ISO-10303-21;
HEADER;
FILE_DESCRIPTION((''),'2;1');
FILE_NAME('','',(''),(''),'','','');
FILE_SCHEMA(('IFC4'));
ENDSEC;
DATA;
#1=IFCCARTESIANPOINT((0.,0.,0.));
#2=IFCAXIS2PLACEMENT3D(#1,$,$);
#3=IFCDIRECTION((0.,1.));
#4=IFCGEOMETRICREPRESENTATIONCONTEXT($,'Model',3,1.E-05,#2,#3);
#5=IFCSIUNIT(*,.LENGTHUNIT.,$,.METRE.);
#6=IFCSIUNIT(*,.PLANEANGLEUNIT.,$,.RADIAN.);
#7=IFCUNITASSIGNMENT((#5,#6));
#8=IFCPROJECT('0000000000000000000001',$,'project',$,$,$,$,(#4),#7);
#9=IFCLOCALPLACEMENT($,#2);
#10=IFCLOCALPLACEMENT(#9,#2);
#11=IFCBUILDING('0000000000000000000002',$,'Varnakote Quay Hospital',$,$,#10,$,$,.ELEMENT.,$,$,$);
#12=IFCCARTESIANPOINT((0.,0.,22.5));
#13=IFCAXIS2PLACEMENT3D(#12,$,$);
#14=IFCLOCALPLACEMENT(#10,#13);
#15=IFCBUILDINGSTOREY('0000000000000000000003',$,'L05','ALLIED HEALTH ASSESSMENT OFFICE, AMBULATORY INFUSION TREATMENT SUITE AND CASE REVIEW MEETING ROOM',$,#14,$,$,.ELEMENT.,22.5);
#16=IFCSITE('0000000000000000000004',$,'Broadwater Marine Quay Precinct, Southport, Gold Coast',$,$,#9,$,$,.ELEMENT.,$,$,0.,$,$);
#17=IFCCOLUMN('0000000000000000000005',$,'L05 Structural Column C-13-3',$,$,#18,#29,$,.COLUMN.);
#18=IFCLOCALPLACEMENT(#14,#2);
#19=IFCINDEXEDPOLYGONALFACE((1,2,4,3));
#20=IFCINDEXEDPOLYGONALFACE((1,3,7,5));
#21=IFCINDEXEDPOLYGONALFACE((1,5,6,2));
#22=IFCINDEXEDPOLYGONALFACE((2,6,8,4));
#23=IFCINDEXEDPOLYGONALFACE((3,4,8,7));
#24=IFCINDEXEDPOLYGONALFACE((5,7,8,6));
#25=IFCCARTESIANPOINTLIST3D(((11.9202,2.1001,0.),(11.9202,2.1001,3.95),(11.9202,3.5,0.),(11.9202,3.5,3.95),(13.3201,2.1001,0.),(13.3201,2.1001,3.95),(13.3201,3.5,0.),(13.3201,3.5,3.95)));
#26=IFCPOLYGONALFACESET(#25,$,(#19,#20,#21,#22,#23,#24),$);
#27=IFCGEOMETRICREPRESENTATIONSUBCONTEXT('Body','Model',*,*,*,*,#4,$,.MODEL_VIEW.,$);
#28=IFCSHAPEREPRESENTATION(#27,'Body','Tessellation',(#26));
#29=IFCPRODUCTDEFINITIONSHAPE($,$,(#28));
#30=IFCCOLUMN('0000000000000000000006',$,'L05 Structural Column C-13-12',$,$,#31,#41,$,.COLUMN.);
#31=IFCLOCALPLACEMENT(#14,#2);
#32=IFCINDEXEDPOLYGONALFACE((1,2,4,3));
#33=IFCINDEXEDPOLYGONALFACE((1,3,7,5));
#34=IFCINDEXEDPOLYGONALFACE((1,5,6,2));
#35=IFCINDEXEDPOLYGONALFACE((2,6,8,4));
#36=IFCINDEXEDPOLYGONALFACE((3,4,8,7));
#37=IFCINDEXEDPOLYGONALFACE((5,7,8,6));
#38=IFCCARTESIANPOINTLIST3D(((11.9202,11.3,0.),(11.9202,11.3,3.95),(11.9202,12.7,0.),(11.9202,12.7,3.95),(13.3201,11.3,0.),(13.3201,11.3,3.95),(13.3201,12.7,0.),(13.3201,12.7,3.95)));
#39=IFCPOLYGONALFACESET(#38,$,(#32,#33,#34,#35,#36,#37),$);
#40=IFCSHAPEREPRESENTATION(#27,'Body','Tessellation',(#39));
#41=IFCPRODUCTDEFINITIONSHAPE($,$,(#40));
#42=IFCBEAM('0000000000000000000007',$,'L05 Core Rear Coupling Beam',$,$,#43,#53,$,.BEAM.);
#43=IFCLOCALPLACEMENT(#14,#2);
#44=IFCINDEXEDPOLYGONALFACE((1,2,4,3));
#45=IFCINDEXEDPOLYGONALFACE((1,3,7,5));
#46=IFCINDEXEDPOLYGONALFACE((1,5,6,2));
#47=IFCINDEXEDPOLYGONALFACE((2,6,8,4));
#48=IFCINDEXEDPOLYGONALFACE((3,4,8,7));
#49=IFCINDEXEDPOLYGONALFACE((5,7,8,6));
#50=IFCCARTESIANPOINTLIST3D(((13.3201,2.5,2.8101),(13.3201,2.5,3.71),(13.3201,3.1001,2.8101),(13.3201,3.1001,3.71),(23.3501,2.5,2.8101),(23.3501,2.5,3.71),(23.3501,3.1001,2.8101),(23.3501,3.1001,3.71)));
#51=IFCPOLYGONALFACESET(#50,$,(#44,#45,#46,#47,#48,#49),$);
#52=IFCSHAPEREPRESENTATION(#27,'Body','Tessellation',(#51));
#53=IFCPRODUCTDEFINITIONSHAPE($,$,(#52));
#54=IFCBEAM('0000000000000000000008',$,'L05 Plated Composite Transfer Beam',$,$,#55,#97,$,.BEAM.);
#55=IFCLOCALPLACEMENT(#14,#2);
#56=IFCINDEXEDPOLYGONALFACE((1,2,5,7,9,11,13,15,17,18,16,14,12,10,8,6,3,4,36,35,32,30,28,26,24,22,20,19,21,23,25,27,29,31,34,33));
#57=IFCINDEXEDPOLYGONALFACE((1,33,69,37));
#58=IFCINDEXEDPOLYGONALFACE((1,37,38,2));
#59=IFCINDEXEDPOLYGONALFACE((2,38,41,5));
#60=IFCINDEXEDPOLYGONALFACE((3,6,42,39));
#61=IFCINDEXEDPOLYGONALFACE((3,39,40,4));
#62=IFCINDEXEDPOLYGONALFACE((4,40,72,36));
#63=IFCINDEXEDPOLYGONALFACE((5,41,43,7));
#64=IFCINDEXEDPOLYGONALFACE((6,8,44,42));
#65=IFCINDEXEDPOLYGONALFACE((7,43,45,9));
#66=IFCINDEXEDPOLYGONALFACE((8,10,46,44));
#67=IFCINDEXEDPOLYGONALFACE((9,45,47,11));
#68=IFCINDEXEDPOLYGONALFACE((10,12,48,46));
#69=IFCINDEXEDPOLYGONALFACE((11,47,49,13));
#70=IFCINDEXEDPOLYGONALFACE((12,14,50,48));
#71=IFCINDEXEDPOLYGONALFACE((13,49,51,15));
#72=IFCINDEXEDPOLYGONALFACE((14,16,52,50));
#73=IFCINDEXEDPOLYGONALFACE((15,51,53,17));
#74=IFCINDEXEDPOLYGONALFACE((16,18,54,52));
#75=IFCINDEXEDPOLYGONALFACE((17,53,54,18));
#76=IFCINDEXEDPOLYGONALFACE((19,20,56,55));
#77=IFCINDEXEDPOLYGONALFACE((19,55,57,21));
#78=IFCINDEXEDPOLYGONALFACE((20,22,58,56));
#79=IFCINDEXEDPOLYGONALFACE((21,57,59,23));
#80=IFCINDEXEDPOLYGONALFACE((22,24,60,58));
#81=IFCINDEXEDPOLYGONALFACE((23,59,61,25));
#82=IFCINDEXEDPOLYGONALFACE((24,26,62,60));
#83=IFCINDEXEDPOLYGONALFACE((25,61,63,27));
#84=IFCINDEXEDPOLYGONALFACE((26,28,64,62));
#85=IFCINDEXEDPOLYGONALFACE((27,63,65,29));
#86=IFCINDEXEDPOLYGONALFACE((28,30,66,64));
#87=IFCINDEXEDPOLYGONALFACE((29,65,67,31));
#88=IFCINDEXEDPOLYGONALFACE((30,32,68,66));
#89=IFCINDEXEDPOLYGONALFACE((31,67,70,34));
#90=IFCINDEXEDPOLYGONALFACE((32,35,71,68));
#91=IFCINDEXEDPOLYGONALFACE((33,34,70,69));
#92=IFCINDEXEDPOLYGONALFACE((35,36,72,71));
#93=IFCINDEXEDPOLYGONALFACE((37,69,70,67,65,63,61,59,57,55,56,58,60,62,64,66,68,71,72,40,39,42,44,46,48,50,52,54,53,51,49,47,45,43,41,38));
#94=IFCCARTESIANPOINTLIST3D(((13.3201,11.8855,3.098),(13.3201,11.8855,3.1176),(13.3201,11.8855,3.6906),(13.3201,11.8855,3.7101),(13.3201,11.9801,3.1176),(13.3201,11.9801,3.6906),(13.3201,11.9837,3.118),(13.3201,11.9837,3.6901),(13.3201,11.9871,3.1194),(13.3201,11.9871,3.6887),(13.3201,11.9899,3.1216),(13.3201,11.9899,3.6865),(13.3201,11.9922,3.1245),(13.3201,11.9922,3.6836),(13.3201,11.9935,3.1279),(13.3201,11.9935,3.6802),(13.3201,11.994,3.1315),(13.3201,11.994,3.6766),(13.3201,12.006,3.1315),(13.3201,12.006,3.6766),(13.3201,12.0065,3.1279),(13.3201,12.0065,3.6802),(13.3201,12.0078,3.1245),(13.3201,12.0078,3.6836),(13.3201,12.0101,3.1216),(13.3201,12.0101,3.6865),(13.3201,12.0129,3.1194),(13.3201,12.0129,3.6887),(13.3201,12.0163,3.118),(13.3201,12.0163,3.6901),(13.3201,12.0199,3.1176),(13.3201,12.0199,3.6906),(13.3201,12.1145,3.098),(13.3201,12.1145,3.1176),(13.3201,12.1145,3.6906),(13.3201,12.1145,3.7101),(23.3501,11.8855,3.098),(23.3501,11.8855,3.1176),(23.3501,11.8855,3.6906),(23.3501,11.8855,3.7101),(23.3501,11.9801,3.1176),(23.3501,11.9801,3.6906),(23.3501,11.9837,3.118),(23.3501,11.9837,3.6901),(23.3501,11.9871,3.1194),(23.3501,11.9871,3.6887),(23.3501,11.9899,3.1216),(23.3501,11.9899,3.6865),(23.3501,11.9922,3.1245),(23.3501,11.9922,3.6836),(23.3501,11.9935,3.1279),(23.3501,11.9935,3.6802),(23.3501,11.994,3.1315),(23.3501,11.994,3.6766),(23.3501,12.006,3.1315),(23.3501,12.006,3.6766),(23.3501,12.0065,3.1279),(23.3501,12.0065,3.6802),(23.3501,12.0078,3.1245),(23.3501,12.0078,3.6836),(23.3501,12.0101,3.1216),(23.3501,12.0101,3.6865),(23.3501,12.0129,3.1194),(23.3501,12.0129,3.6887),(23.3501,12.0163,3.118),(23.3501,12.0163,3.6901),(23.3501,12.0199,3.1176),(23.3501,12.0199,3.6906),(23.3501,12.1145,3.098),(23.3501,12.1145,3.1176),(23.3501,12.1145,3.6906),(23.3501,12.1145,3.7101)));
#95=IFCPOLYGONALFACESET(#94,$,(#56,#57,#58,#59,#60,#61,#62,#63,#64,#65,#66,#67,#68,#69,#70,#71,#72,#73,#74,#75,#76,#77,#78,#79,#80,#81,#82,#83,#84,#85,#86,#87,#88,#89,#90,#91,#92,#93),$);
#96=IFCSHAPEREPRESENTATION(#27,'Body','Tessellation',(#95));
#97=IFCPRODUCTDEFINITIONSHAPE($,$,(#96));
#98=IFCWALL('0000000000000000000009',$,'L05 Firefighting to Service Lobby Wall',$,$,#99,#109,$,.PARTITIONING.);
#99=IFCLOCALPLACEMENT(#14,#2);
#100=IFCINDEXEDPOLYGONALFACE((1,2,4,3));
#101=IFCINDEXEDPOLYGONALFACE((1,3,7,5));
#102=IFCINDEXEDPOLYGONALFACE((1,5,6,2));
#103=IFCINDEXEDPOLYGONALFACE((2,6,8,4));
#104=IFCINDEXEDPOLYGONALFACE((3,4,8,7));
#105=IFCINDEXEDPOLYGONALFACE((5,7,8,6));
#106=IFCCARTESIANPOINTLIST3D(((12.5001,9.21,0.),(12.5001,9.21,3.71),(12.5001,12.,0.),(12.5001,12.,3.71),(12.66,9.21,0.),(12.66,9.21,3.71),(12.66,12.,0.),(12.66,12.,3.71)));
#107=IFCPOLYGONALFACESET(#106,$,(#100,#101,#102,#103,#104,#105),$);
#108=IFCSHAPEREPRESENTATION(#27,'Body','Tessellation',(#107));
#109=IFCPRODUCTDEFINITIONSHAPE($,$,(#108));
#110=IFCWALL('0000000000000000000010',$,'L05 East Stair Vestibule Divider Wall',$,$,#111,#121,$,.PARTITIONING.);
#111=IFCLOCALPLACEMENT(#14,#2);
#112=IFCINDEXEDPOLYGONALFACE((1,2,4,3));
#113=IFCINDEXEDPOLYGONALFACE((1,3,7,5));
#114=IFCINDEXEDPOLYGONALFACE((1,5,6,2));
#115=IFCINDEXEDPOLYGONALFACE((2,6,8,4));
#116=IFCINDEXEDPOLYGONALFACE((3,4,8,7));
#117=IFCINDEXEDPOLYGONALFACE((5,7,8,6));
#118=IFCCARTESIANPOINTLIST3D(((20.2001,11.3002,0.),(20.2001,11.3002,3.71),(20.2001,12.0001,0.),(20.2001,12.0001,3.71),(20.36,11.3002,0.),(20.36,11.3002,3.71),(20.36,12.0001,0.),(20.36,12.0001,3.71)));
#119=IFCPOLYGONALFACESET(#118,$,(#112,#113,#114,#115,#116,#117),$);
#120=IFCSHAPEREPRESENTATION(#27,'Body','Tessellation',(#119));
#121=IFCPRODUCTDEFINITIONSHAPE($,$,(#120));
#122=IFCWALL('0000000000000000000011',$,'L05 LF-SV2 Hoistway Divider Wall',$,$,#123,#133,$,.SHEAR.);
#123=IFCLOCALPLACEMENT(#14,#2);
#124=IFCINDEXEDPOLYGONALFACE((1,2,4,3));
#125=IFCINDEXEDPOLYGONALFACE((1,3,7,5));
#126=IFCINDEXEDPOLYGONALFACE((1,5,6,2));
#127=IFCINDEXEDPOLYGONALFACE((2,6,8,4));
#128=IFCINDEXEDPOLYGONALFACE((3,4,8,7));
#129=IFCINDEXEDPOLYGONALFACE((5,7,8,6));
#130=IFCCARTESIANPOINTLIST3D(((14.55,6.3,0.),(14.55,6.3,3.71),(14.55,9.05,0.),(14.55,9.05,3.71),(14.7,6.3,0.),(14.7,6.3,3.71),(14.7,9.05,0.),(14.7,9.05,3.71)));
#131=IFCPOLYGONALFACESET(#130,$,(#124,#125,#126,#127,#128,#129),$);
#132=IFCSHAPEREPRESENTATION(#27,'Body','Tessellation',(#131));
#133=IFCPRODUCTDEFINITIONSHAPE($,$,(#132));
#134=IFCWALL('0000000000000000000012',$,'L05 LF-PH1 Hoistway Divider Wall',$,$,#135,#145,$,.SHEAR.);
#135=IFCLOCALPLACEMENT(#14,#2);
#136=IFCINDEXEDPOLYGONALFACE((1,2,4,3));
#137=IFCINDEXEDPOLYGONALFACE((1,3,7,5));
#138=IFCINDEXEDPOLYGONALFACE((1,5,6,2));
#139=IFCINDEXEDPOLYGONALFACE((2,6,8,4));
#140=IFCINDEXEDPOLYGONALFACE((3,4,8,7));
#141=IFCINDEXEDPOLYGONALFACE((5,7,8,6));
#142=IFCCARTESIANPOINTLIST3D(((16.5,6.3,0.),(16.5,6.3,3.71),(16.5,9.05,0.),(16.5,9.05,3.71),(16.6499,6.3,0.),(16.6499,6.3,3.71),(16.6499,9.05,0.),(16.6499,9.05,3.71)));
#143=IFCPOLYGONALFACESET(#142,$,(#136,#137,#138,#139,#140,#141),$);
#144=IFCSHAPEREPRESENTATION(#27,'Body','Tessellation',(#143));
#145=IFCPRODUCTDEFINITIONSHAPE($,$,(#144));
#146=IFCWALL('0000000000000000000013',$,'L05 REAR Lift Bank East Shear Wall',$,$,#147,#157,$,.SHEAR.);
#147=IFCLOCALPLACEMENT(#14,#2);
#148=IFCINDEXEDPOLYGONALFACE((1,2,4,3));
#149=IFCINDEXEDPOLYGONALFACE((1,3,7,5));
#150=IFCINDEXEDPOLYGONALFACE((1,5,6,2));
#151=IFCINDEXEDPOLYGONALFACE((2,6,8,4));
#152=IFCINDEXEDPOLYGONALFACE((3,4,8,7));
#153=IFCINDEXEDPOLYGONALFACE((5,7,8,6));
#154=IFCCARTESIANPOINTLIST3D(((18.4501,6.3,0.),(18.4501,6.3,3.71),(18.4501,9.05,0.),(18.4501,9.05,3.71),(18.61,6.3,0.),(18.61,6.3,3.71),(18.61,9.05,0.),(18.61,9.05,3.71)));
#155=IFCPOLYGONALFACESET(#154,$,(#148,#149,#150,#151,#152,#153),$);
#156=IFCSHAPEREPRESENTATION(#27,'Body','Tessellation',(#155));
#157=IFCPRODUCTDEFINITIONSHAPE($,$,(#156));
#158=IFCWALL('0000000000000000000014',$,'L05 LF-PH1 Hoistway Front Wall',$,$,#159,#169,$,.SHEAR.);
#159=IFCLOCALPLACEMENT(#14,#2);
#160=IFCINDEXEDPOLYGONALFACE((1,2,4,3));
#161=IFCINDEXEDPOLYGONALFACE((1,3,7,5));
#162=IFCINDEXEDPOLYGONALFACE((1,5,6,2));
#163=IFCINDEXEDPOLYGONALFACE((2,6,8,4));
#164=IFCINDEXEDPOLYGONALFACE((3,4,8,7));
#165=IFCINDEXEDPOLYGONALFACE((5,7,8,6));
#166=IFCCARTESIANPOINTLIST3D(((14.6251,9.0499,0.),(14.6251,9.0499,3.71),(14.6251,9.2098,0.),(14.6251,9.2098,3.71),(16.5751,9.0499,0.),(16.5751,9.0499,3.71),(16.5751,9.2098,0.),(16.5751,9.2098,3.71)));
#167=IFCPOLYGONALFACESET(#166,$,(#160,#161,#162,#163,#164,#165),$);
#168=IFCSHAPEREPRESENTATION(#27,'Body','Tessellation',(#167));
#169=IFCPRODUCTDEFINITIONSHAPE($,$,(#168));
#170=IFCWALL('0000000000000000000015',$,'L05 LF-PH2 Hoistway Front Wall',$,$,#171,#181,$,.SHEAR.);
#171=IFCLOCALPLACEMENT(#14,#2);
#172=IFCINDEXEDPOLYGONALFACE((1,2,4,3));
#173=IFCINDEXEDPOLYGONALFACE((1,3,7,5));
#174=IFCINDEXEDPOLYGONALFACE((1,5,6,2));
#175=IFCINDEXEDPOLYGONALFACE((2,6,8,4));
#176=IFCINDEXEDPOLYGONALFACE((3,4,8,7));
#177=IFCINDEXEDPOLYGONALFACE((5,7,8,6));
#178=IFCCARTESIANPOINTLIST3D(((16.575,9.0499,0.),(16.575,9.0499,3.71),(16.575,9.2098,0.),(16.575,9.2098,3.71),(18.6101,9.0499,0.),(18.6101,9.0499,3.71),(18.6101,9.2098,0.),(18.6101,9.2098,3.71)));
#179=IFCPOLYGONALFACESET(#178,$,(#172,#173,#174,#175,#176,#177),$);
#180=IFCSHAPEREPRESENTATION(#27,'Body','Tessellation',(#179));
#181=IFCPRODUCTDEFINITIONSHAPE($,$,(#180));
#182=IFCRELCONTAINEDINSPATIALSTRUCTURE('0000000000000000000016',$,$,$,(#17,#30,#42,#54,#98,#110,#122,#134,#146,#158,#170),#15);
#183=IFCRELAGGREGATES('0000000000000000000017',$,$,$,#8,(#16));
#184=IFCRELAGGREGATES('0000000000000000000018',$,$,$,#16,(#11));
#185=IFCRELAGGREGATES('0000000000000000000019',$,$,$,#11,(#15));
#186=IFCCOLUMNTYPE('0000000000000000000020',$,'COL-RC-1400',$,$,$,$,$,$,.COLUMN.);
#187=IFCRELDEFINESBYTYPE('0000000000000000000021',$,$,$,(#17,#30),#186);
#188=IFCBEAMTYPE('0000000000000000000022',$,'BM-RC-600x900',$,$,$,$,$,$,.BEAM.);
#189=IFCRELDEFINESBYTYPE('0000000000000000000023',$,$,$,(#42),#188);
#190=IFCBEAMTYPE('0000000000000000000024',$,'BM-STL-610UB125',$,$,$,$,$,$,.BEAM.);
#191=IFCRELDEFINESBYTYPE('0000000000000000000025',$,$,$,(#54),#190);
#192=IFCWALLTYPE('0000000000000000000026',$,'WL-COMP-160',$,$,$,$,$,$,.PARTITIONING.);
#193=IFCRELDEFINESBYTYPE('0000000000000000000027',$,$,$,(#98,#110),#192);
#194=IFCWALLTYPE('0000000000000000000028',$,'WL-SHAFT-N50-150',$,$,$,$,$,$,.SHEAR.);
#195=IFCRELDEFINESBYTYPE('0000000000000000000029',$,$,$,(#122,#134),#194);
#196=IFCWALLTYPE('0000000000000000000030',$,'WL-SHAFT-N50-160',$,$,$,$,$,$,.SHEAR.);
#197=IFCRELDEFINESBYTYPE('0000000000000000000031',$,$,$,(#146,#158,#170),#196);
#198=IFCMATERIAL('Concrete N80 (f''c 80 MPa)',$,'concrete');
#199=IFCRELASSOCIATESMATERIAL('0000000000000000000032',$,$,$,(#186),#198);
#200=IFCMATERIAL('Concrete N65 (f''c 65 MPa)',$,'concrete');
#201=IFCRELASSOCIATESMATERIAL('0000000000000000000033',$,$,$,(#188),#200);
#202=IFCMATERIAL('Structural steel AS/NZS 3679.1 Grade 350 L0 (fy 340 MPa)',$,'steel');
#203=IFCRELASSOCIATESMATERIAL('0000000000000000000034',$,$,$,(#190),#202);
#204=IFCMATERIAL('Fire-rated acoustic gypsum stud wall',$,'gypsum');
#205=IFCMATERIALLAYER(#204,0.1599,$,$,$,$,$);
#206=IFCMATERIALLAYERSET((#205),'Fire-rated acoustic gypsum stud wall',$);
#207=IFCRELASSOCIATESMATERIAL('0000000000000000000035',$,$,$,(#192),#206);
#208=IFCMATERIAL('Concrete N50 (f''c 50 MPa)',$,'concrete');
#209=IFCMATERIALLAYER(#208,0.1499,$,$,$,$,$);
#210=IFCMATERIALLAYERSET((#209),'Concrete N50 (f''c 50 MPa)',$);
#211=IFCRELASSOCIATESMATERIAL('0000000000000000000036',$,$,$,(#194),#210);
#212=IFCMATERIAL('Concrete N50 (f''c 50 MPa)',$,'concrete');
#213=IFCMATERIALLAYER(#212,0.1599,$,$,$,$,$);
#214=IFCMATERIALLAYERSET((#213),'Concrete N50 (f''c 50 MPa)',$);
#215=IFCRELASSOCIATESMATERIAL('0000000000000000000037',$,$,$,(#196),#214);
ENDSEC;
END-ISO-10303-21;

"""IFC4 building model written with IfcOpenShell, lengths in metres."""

from ifc_helpers import new_model, si_unit, direction, frame, frame_2d, origin, origin_2d, place, context, subcontext, project, spatial, rectangle, i_section, extrude, material, layer, layer_set, material_profile, profile_set, type_object, element, save


model = new_model("IFC4")

# Units and contexts
model_context = context("Model", 3, precision=1e-05, world=origin(), true_north=direction((0.0, 1.0)))
body_context = subcontext(model_context, "Body", "Model", "MODEL_VIEW")
ifc_project = project(units=[si_unit("LENGTHUNIT", "METRE"), si_unit("PLANEANGLEUNIT", "RADIAN")], contexts=[model_context])

# Site, building, storey
site_placement = place(None, origin())
site = spatial("IfcSite", under=ifc_project, at=site_placement, Name="Broadwater Marine Quay Precinct, Southport, Gold Coast", CompositionType="ELEMENT", RefElevation=0.0)
building_placement = place(site_placement, origin())
building = spatial("IfcBuilding", under=site, at=building_placement, Name="Varnakote Quay Hospital", CompositionType="ELEMENT")
storey_placement = place(building_placement, frame((0.0, 0.0, 22.5)))
storey = spatial("IfcBuildingStorey", under=building, at=storey_placement, Name="L05", Description="ALLIED HEALTH ASSESSMENT OFFICE, AMBULATORY INFUSION TREATMENT SUITE AND CASE REVIEW MEETING ROOM", CompositionType="ELEMENT", Elevation=22.5)

# Columns
ifc_material_1 = material(Name="Concrete N80 (f'c 80 MPa)", Category="concrete")
ifc_material_profile_1 = material_profile(ifc_material_1, rectangle(XDim=1.3999, YDim=1.3999, at=origin_2d()), Name="RC-COL-1400x1400")
ifc_profile_set_1 = profile_set([ifc_material_profile_1], Name="Concrete N80 (f'c 80 MPa)")
column_type = type_object("IfcColumnType", Name="COL-RC-1400", PredefinedType="COLUMN", material=ifc_profile_set_1)
for number, where, z_axis, x_axis, name in (
    (1, (12.6201, 2.8, 0.0), (0.0, 0.0, 1.0), (1.0, 0.0, 0.0), "L05 Structural Column C-13-3"),
    (2, (12.6201, 12.0, 0.0), (0.0, 0.0, 1.0), (1.0, 0.0, 0.0), "L05 Structural Column C-13-12"),
):
    element("IfcColumn", number, at=place(storey_placement, frame(where, z_axis=z_axis, x_axis=x_axis)), inside=storey, type_object=column_type, Name=name, PredefinedType="COLUMN", context=body_context, shape_type="SweptSolid", body=[
        extrude(rectangle(XDim=1.3999, YDim=1.3999, at=origin_2d()), origin(), (0.0, 0.0, 1.0), 3.95),
    ])

# Beams
ifc_material_2 = material(Name="Concrete N65 (f'c 65 MPa)", Category="concrete")
ifc_material_profile_2 = material_profile(ifc_material_2, rectangle(XDim=0.6001, YDim=0.8999, at=origin_2d()), Name="RC-BM-600x900")
ifc_profile_set_2 = profile_set([ifc_material_profile_2], Name="Concrete N65 (f'c 65 MPa)")
beam_type_1 = type_object("IfcBeamType", Name="BM-RC-600x900", PredefinedType="BEAM", material=ifc_profile_set_2)
beam_1_placement = place(storey_placement, frame((13.3201, 2.8, 3.26), z_axis=(1.0, 0.0, 0.0), x_axis=(0.0, 1.0, 0.0)))
element("IfcBeam", 3, at=beam_1_placement, inside=storey, type_object=beam_type_1, Name="L05 Core Rear Coupling Beam", PredefinedType="BEAM", context=body_context, shape_type="SweptSolid", body=[
    extrude(rectangle(XDim=0.6001, YDim=0.8999, at=origin_2d()), origin(), (0.0, 0.0, 1.0), 10.03),
])
ifc_material_3 = material(Name="Structural steel AS/NZS 3679.1 Grade 350 L0 (fy 340 MPa)", Category="steel")
ifc_material_profile_3 = material_profile(ifc_material_3, i_section(OverallWidth=0.229, OverallDepth=0.6121, WebThickness=0.012, FlangeThickness=0.0195, FilletRadius=0.0139, at=origin_2d()), Name="610UB125")
ifc_profile_set_3 = profile_set([ifc_material_profile_3], Name="Structural steel AS/NZS 3679.1 Grade 350 L0 (fy 340 MPa)")
beam_type_2 = type_object("IfcBeamType", Name="BM-STL-610UB125", PredefinedType="BEAM", material=ifc_profile_set_3)
beam_2_placement = place(storey_placement, frame((13.3201, 12.0, 3.4041), z_axis=(1.0, 0.0, 0.0), x_axis=(0.0, 1.0, 0.0)))
element("IfcBeam", 4, at=beam_2_placement, inside=storey, type_object=beam_type_2, Name="L05 Plated Composite Transfer Beam", PredefinedType="BEAM", context=body_context, shape_type="SweptSolid", body=[
    extrude(i_section(OverallWidth=0.229, OverallDepth=0.6121, WebThickness=0.012, FlangeThickness=0.0195, FilletRadius=0.0139, at=origin_2d()), origin(), (0.0, 0.0, 1.0), 10.03),
])

# Walls
ifc_material_4 = material(Name="Fire-rated acoustic gypsum stud wall", Category="gypsum")
ifc_layer_1 = layer(ifc_material_4, 0.1599)
ifc_layer_set_1 = layer_set([ifc_layer_1], Name="Fire-rated acoustic gypsum stud wall")
wall_type_1 = type_object("IfcWallType", Name="WL-COMP-160", PredefinedType="PARTITIONING", material=ifc_layer_set_1)
wall_1_placement = place(storey_placement, frame((12.5801, 9.21, 0.0), z_axis=(0.0, 0.0, 1.0), x_axis=(0.0, 1.0, 0.0)))
element("IfcWall", 5, at=wall_1_placement, inside=storey, type_object=wall_type_1, Name="L05 Firefighting to Service Lobby Wall", PredefinedType="PARTITIONING", context=body_context, shape_type="SweptSolid", body=[
    extrude(rectangle(XDim=2.79, YDim=0.1599, at=frame_2d((1.395, 0.0))), origin(), (0.0, 0.0, 1.0), 3.71),
])
wall_2_placement = place(storey_placement, frame((20.28, 11.3, 0.0), z_axis=(0.0, 0.0, 1.0), x_axis=(0.0, 1.0, 0.0)))
element("IfcWall", 6, at=wall_2_placement, inside=storey, type_object=wall_type_1, Name="L05 East Stair Vestibule Divider Wall", PredefinedType="PARTITIONING", context=body_context, shape_type="SweptSolid", body=[
    extrude(rectangle(XDim=0.7, YDim=0.1599, at=frame_2d((0.3501, 0.0))), origin(), (0.0, 0.0, 1.0), 3.71),
])
ifc_material_5 = material(Name="Concrete N50 (f'c 50 MPa)", Category="concrete")
ifc_layer_2 = layer(ifc_material_5, 0.1499)
ifc_layer_set_2 = layer_set([ifc_layer_2], Name="Concrete N50 (f'c 50 MPa)")
wall_type_2 = type_object("IfcWallType", Name="WL-SHAFT-N50-150", PredefinedType="SHEAR", material=ifc_layer_set_2)
for number, where, z_axis, x_axis, name in (
    (7, (14.625, 6.3, 0.0), (0.0, 0.0, 1.0), (0.0, 1.0, 0.0), "L05 LF-SV2 Hoistway Divider Wall"),
    (8, (16.575, 6.3, 0.0), (0.0, 0.0, 1.0), (0.0, 1.0, 0.0), "L05 LF-PH1 Hoistway Divider Wall"),
):
    element("IfcWall", number, at=place(storey_placement, frame(where, z_axis=z_axis, x_axis=x_axis)), inside=storey, type_object=wall_type_2, Name=name, PredefinedType="SHEAR", context=body_context, shape_type="SweptSolid", body=[
        extrude(rectangle(XDim=2.75, YDim=0.1499, at=frame_2d((1.375, 0.0))), origin(), (0.0, 0.0, 1.0), 3.71),
    ])
ifc_material_6 = material(Name="Concrete N50 (f'c 50 MPa)", Category="concrete")
ifc_layer_3 = layer(ifc_material_6, 0.1599)
ifc_layer_set_3 = layer_set([ifc_layer_3], Name="Concrete N50 (f'c 50 MPa)")
wall_type_3 = type_object("IfcWallType", Name="WL-SHAFT-N50-160", PredefinedType="SHEAR", material=ifc_layer_set_3)
wall_3_placement = place(storey_placement, frame((18.53, 6.3, 0.0), z_axis=(0.0, 0.0, 1.0), x_axis=(0.0, 1.0, 0.0)))
element("IfcWall", 9, at=wall_3_placement, inside=storey, type_object=wall_type_3, Name="L05 REAR Lift Bank East Shear Wall", PredefinedType="SHEAR", context=body_context, shape_type="SweptSolid", body=[
    extrude(rectangle(XDim=2.75, YDim=0.1599, at=frame_2d((1.375, 0.0))), origin(), (0.0, 0.0, 1.0), 3.71),
])

# Walls
wall_4_placement = place(storey_placement, frame((14.625, 9.1299, 0.0), z_axis=(0.0, 0.0, 1.0), x_axis=(1.0, 0.0, 0.0)))
element("IfcWall", 10, at=wall_4_placement, inside=storey, type_object=wall_type_3, Name="L05 LF-PH1 Hoistway Front Wall", PredefinedType="SHEAR", context=body_context, shape_type="SweptSolid", body=[
    extrude(rectangle(XDim=1.95, YDim=0.1599, at=frame_2d((0.9751, 0.0))), origin(), (0.0, 0.0, 1.0), 3.71),
])
wall_5_placement = place(storey_placement, frame((16.575, 9.1299, 0.0), z_axis=(0.0, 0.0, 1.0), x_axis=(1.0, 0.0, 0.0)))
element("IfcWall", 11, at=wall_5_placement, inside=storey, type_object=wall_type_3, Name="L05 LF-PH2 Hoistway Front Wall", PredefinedType="SHEAR", context=body_context, shape_type="SweptSolid", body=[
    extrude(rectangle(XDim=2.0352, YDim=0.1599, at=frame_2d((1.0176, 0.0))), origin(), (0.0, 0.0, 1.0), 3.71),
])

save(model, "model.ifc")
